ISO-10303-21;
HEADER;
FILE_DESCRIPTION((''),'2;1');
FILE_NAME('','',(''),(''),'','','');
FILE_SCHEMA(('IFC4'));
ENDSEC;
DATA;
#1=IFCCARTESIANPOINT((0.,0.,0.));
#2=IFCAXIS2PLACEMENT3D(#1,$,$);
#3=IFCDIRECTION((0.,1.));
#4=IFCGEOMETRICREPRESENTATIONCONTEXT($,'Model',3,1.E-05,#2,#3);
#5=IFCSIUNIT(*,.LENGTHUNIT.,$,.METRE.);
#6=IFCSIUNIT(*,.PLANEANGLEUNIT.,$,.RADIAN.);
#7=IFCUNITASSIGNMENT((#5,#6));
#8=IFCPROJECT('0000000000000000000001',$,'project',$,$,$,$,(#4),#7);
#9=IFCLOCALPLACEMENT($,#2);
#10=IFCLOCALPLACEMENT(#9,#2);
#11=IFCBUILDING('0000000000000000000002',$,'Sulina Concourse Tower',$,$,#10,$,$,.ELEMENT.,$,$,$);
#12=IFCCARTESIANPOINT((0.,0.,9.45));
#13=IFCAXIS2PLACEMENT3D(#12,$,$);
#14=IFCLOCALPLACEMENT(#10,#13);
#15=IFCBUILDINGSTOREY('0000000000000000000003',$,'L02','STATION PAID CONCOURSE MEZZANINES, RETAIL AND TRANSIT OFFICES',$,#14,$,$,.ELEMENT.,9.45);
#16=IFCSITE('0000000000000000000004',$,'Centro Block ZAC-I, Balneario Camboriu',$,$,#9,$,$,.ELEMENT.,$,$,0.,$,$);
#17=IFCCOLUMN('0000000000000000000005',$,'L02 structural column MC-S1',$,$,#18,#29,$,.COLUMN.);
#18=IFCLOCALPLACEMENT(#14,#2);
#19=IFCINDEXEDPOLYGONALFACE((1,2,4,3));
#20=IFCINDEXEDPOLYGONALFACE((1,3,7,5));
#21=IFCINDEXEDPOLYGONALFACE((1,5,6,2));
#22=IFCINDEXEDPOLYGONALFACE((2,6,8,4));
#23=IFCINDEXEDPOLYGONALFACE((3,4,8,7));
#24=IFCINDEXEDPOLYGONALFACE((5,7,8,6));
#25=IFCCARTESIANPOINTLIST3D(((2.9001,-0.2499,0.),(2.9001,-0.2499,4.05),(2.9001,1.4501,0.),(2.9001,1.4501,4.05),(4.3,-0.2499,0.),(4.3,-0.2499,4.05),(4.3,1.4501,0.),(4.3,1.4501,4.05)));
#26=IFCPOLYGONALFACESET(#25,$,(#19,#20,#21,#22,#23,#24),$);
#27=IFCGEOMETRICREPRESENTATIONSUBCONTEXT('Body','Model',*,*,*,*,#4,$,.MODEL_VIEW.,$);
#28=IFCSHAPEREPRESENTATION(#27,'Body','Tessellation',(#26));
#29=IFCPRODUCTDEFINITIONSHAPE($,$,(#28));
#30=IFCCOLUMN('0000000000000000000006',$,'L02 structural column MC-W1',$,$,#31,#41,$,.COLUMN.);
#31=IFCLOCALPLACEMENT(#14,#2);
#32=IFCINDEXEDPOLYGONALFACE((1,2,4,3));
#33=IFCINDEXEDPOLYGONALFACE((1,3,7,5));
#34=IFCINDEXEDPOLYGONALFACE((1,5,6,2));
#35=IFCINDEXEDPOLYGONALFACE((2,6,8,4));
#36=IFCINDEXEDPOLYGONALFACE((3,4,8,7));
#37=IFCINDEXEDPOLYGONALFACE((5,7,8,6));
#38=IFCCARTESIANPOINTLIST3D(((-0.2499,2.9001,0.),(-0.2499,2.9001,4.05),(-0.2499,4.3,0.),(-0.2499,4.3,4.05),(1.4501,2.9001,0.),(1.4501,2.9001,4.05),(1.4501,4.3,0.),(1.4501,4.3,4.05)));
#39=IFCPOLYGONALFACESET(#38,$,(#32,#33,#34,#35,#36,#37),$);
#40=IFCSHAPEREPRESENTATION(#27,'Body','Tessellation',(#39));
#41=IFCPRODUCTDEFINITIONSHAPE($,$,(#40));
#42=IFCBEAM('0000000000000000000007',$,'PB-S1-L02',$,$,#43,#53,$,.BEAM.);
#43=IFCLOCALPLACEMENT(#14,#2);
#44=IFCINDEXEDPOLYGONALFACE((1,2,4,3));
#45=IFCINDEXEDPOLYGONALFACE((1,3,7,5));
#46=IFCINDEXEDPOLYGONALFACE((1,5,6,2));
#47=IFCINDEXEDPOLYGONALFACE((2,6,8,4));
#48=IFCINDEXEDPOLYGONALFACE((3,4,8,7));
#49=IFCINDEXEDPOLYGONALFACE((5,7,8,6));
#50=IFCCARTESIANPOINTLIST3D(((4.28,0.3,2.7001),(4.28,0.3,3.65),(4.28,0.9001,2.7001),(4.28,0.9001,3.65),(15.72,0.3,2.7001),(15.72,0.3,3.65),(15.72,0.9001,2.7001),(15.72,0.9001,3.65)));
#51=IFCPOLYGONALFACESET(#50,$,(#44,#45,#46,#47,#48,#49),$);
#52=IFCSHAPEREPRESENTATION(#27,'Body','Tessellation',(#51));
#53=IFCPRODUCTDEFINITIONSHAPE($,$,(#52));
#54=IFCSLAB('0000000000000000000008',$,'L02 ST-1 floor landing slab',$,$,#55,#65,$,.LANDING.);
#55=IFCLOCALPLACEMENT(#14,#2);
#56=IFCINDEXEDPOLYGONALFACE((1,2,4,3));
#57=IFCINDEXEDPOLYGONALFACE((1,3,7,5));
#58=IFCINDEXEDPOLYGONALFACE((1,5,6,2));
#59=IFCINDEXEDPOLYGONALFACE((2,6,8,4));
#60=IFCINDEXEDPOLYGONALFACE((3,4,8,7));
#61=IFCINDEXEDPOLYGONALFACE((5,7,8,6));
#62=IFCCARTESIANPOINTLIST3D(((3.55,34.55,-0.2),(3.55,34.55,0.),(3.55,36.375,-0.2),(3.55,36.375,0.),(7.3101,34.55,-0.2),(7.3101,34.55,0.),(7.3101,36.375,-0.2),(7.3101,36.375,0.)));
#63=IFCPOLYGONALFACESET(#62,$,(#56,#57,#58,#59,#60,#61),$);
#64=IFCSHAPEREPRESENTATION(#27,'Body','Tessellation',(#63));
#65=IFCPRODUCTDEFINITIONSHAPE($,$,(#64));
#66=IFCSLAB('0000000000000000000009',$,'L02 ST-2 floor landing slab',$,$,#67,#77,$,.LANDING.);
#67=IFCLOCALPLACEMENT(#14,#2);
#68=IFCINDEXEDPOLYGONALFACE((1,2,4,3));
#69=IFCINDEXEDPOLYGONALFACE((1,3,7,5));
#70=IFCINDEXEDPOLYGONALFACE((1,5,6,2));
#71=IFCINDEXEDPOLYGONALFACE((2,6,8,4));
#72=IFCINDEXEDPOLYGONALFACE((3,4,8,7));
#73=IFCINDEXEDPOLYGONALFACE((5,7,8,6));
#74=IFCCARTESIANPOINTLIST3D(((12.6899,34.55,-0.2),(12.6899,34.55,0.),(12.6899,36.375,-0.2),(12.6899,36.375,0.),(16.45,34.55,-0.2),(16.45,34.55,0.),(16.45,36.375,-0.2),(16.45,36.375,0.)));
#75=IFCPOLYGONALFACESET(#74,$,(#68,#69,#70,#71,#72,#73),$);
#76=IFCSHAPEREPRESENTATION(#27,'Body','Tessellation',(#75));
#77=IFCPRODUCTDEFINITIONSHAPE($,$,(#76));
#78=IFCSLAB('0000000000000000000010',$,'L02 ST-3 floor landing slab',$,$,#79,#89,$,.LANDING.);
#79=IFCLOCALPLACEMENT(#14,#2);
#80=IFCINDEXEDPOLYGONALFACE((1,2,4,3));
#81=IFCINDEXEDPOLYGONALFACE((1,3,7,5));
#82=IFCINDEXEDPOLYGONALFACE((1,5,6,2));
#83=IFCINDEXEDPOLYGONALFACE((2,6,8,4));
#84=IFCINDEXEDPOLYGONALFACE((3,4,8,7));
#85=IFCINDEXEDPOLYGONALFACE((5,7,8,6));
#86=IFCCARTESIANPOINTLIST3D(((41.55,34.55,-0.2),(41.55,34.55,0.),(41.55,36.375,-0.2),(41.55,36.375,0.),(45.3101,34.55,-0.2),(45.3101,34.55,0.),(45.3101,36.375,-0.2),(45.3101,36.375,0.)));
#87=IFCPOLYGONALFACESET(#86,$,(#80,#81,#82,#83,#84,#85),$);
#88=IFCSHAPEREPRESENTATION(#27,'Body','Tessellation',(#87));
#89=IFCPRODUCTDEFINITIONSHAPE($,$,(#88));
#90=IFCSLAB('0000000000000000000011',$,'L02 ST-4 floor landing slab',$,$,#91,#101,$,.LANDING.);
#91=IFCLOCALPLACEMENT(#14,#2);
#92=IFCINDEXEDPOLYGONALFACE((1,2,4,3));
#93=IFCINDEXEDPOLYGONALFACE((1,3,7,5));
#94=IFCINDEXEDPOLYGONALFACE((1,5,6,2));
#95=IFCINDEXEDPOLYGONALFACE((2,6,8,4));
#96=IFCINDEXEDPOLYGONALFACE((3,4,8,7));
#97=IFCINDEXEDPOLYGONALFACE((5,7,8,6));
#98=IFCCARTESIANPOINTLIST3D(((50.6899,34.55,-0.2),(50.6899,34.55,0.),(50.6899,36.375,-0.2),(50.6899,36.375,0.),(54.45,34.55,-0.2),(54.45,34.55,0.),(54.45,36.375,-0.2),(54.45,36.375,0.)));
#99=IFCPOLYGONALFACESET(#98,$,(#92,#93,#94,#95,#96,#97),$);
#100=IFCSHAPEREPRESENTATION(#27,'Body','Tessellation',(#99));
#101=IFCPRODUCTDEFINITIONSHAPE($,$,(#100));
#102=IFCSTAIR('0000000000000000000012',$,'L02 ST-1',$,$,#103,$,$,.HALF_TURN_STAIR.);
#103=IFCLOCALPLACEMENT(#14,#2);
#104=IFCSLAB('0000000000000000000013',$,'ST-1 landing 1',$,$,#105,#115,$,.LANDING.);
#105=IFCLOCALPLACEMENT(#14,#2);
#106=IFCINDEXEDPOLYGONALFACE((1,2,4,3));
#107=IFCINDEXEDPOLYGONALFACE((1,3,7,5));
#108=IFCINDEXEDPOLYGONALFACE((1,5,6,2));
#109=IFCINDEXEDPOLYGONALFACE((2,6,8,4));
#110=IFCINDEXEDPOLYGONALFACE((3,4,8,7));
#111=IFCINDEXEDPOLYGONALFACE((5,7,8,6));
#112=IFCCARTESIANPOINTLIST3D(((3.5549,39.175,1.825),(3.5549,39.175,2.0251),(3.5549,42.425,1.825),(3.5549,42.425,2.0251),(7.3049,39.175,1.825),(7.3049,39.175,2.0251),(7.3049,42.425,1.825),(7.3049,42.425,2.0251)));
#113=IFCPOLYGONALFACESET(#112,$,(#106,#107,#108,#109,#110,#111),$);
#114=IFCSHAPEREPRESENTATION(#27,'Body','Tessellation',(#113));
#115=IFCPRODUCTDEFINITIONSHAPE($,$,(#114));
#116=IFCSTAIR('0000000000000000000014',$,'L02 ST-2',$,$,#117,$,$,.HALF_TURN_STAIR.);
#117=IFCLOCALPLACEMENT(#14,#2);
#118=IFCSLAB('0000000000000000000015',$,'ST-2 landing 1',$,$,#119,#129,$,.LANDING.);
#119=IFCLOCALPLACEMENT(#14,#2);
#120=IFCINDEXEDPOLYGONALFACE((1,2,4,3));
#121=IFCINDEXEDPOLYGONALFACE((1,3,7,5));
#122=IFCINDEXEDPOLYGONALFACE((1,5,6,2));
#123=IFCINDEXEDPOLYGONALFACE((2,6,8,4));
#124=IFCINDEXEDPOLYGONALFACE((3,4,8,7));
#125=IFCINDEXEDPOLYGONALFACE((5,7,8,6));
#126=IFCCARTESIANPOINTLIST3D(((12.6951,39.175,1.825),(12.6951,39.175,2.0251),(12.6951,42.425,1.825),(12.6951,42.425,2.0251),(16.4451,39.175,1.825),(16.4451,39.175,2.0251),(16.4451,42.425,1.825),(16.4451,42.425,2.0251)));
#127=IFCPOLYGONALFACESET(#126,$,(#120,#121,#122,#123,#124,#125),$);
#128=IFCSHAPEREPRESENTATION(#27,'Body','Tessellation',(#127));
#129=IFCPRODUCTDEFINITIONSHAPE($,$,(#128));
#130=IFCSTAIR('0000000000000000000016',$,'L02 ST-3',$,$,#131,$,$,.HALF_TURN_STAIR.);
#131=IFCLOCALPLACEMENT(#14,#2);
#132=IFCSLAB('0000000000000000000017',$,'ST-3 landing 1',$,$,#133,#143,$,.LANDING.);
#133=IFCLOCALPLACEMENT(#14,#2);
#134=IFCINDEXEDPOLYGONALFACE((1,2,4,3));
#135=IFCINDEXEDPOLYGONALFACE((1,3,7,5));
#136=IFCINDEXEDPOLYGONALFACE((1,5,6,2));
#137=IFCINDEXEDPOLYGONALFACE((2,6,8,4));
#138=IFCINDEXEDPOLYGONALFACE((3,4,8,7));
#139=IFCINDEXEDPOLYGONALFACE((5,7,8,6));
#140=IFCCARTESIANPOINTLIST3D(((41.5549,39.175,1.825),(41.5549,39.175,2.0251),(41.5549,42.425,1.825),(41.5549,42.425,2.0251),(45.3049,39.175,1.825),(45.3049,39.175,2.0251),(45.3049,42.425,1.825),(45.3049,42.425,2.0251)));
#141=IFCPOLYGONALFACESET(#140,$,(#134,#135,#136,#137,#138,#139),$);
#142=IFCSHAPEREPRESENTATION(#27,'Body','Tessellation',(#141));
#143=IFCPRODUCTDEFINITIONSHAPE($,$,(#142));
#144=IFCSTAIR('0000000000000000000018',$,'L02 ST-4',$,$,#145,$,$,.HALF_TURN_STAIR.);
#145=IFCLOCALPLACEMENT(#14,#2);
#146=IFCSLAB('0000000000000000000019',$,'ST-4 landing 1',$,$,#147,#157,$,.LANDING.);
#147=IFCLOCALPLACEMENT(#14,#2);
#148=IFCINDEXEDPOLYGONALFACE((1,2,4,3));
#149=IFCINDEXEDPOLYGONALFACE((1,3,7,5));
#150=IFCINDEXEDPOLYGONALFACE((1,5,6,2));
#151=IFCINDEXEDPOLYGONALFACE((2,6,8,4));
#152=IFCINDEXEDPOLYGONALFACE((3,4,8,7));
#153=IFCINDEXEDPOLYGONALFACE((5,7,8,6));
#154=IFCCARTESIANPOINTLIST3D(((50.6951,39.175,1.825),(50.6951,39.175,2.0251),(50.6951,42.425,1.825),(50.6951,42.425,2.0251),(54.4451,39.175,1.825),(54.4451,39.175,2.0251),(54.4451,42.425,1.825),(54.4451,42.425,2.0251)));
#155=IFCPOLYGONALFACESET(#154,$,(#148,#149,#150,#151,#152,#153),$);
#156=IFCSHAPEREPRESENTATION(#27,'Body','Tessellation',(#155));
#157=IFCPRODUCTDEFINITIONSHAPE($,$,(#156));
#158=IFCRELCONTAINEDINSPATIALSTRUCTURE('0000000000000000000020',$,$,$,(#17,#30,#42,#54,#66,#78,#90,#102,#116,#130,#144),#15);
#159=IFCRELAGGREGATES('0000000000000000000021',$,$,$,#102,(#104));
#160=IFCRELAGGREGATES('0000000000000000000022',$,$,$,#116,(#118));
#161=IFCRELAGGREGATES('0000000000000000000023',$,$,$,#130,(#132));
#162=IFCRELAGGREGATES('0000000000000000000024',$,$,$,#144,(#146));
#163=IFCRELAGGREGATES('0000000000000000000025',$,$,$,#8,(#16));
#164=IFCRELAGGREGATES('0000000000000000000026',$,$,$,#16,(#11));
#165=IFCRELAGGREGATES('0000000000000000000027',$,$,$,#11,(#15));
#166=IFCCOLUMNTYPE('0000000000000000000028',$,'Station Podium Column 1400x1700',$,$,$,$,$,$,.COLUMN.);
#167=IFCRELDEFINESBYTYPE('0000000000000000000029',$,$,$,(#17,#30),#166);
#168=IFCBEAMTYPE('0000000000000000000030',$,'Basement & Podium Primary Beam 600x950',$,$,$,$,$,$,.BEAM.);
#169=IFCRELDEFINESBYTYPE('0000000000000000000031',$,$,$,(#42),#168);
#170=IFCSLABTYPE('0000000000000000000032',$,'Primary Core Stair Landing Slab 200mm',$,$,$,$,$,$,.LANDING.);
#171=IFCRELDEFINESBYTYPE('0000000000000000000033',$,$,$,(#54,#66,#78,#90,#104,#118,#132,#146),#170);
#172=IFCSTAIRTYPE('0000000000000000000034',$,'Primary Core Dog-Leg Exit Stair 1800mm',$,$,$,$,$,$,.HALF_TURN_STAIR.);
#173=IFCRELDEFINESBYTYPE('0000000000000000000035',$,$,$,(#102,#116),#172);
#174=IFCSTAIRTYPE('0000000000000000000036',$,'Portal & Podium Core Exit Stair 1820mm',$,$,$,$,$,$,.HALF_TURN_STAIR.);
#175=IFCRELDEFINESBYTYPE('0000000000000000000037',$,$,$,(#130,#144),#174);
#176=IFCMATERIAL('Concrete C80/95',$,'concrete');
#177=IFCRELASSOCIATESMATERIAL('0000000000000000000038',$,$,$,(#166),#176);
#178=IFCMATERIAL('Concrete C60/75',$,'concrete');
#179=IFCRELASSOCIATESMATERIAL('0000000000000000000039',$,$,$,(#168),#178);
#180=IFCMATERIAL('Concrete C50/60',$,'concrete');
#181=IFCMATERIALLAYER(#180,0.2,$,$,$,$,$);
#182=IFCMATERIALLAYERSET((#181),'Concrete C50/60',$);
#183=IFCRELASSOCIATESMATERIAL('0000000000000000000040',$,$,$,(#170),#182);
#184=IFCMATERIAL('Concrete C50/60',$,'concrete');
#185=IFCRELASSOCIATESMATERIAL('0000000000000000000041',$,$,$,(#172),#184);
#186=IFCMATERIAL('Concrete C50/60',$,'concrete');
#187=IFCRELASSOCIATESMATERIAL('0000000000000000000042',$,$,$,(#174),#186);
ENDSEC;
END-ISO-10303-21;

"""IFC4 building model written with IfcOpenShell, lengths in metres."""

from ifc_helpers import new_model, si_unit, direction, frame, origin, origin_2d, place, context, subcontext, project, spatial, polyline, rectangle, outline, extrude, material, layer, layer_set, material_profile, profile_set, type_object, element, aggregate, save


model = new_model("IFC4")

# Units and contexts
model_context = context("Model", 3, precision=1e-05, world=origin(), true_north=direction((0.0, 1.0)))
body_context = subcontext(model_context, "Body", "Model", "MODEL_VIEW")
ifc_project = project(units=[si_unit("LENGTHUNIT", "METRE"), si_unit("PLANEANGLEUNIT", "RADIAN")], contexts=[model_context])

# Site, building, storey
site_placement = place(None, origin())
site = spatial("IfcSite", under=ifc_project, at=site_placement, Name="Centro Block ZAC-I, Balneario Camboriu", CompositionType="ELEMENT", RefElevation=0.0)
building_placement = place(site_placement, origin())
building = spatial("IfcBuilding", under=site, at=building_placement, Name="Sulina Concourse Tower", CompositionType="ELEMENT")
storey_placement = place(building_placement, frame((0.0, 0.0, 9.45)))
storey = spatial("IfcBuildingStorey", under=building, at=storey_placement, Name="L02", Description="STATION PAID CONCOURSE MEZZANINES, RETAIL AND TRANSIT OFFICES", CompositionType="ELEMENT", Elevation=9.45)

# Columns
ifc_material_1 = material(Name="Concrete C80/95", Category="concrete")
ifc_material_profile_1 = material_profile(ifc_material_1, rectangle(XDim=1.3999, YDim=1.7, at=origin_2d()), Name="RC 1400x1700")
ifc_profile_set_1 = profile_set([ifc_material_profile_1], Name="Concrete C80/95")
column_type = type_object("IfcColumnType", Name="Station Podium Column 1400x1700", PredefinedType="COLUMN", material=ifc_profile_set_1)
for number, where, z_axis, x_axis, name in (
    (1, (3.6001, 0.6001, 0.0), (0.0, 0.0, 1.0), (1.0, 0.0, 0.0), "L02 structural column MC-S1"),
    (2, (0.6001, 3.6001, 0.0), (0.0, 0.0, 1.0), (0.0, 1.0, 0.0), "L02 structural column MC-W1"),
):
    element("IfcColumn", number, at=place(storey_placement, frame(where, z_axis=z_axis, x_axis=x_axis)), inside=storey, type_object=column_type, Name=name, PredefinedType="COLUMN", context=body_context, shape_type="SweptSolid", body=[
        extrude(rectangle(XDim=1.3999, YDim=1.7, at=origin_2d()), origin(), (0.0, 0.0, 1.0), 4.05),
    ])

# Beam
ifc_material_2 = material(Name="Concrete C60/75", Category="concrete")
ifc_material_profile_2 = material_profile(ifc_material_2, rectangle(XDim=0.6001, YDim=0.95, at=origin_2d()), Name="RC 600x950")
ifc_profile_set_2 = profile_set([ifc_material_profile_2], Name="Concrete C60/75")
beam_type = type_object("IfcBeamType", Name="Basement & Podium Primary Beam 600x950", PredefinedType="BEAM", material=ifc_profile_set_2)
beam_placement = place(storey_placement, frame((4.28, 0.6001, 3.175), z_axis=(1.0, 0.0, 0.0), x_axis=(0.0, 1.0, 0.0)))
element("IfcBeam", 3, at=beam_placement, inside=storey, type_object=beam_type, Name="PB-S1-L02", PredefinedType="BEAM", context=body_context, shape_type="SweptSolid", body=[
    extrude(rectangle(XDim=0.6001, YDim=0.95, at=origin_2d()), origin(), (0.0, 0.0, 1.0), 11.4399),
])

# Slabs
ifc_material_3 = material(Name="Concrete C50/60", Category="concrete")
ifc_layer_1 = layer(ifc_material_3, 0.2)
ifc_layer_set_1 = layer_set([ifc_layer_1], Name="Concrete C50/60")
slab_type_1 = type_object("IfcSlabType", Name="Primary Core Stair Landing Slab 200mm", PredefinedType="LANDING", material=ifc_layer_set_1)
slab_1_placement = place(storey_placement, frame((0.0, 0.0, -0.2)))
element("IfcSlab", 4, at=slab_1_placement, inside=storey, type_object=slab_type_1, Name="L02 ST-1 floor landing slab", PredefinedType="LANDING", context=body_context, shape_type="SweptSolid", body=[
    extrude(outline(polyline([(7.3101, 34.55), (7.3101, 36.375), (3.55, 36.375), (3.55, 34.55), (7.3101, 34.55)])), origin(), (0.0, 0.0, 1.0), 0.2),
])
slab_2_placement = place(storey_placement, frame((0.0, 0.0, -0.2)))
element("IfcSlab", 5, at=slab_2_placement, inside=storey, type_object=slab_type_1, Name="L02 ST-2 floor landing slab", PredefinedType="LANDING", context=body_context, shape_type="SweptSolid", body=[
    extrude(outline(polyline([(16.45, 34.55), (16.45, 36.375), (12.6899, 36.375), (12.6899, 34.55), (16.45, 34.55)])), origin(), (0.0, 0.0, 1.0), 0.2),
])
slab_3_placement = place(storey_placement, frame((0.0, 0.0, -0.2)))
element("IfcSlab", 6, at=slab_3_placement, inside=storey, type_object=slab_type_1, Name="L02 ST-3 floor landing slab", PredefinedType="LANDING", context=body_context, shape_type="SweptSolid", body=[
    extrude(outline(polyline([(45.3101, 34.55), (45.3101, 36.375), (41.55, 36.375), (41.55, 34.55), (45.3101, 34.55)])), origin(), (0.0, 0.0, 1.0), 0.2),
])
slab_4_placement = place(storey_placement, frame((0.0, 0.0, -0.2)))
element("IfcSlab", 7, at=slab_4_placement, inside=storey, type_object=slab_type_1, Name="L02 ST-4 floor landing slab", PredefinedType="LANDING", context=body_context, shape_type="SweptSolid", body=[
    extrude(outline(polyline([(54.45, 34.55), (54.45, 36.375), (50.6899, 36.375), (50.6899, 34.55), (54.45, 34.55)])), origin(), (0.0, 0.0, 1.0), 0.2),
])

# Stairs, slabs
ifc_material_4 = material(Name="Concrete C50/60", Category="concrete")
stair_type_1 = type_object("IfcStairType", Name="Primary Core Dog-Leg Exit Stair 1800mm", PredefinedType="HALF_TURN_STAIR", material=ifc_material_4)
stair_1_placement = place(storey_placement, origin())
stair_1 = element("IfcStair", 8, at=stair_1_placement, inside=storey, type_object=stair_type_1, Name="L02 ST-1", PredefinedType="HALF_TURN_STAIR")
slab_5_placement = place(storey_placement, frame((0.0, 0.0, 1.825)))
slab_5 = element("IfcSlab", 9, at=slab_5_placement, type_object=slab_type_1, Name="ST-1 landing 1", PredefinedType="LANDING", context=body_context, shape_type="SweptSolid", body=[
    extrude(outline(polyline([(7.3049, 39.175), (7.3049, 42.425), (3.5549, 42.425), (3.5549, 39.175), (7.3049, 39.175)])), origin(), (0.0, 0.0, 1.0), 0.2002),
])
aggregate(stair_1, [slab_5])
stair_2_placement = place(storey_placement, origin())
stair_2 = element("IfcStair", 10, at=stair_2_placement, inside=storey, type_object=stair_type_1, Name="L02 ST-2", PredefinedType="HALF_TURN_STAIR")
slab_6_placement = place(storey_placement, frame((0.0, 0.0, 1.825)))
slab_6 = element("IfcSlab", 11, at=slab_6_placement, type_object=slab_type_1, Name="ST-2 landing 1", PredefinedType="LANDING", context=body_context, shape_type="SweptSolid", body=[
    extrude(outline(polyline([(16.4451, 39.175), (16.4451, 42.425), (12.6951, 42.425), (12.6951, 39.175), (16.4451, 39.175)])), origin(), (0.0, 0.0, 1.0), 0.2002),
])
aggregate(stair_2, [slab_6])
ifc_material_5 = material(Name="Concrete C50/60", Category="concrete")
stair_type_2 = type_object("IfcStairType", Name="Portal & Podium Core Exit Stair 1820mm", PredefinedType="HALF_TURN_STAIR", material=ifc_material_5)
stair_3_placement = place(storey_placement, origin())
stair_3 = element("IfcStair", 12, at=stair_3_placement, inside=storey, type_object=stair_type_2, Name="L02 ST-3", PredefinedType="HALF_TURN_STAIR")
slab_7_placement = place(storey_placement, frame((0.0, 0.0, 1.825)))
slab_7 = element("IfcSlab", 13, at=slab_7_placement, type_object=slab_type_1, Name="ST-3 landing 1", PredefinedType="LANDING", context=body_context, shape_type="SweptSolid", body=[
    extrude(outline(polyline([(45.3049, 39.175), (45.3049, 42.425), (41.5549, 42.425), (41.5549, 39.175), (45.3049, 39.175)])), origin(), (0.0, 0.0, 1.0), 0.2002),
])
aggregate(stair_3, [slab_7])
stair_4_placement = place(storey_placement, origin())
stair_4 = element("IfcStair", 14, at=stair_4_placement, inside=storey, type_object=stair_type_2, Name="L02 ST-4", PredefinedType="HALF_TURN_STAIR")
slab_8_placement = place(storey_placement, frame((0.0, 0.0, 1.825)))
slab_8 = element("IfcSlab", 15, at=slab_8_placement, type_object=slab_type_1, Name="ST-4 landing 1", PredefinedType="LANDING", context=body_context, shape_type="SweptSolid", body=[
    extrude(outline(polyline([(54.4451, 39.175), (54.4451, 42.425), (50.6951, 42.425), (50.6951, 39.175), (54.4451, 39.175)])), origin(), (0.0, 0.0, 1.0), 0.2002),
])
aggregate(stair_4, [slab_8])

save(model, "model.ifc")
